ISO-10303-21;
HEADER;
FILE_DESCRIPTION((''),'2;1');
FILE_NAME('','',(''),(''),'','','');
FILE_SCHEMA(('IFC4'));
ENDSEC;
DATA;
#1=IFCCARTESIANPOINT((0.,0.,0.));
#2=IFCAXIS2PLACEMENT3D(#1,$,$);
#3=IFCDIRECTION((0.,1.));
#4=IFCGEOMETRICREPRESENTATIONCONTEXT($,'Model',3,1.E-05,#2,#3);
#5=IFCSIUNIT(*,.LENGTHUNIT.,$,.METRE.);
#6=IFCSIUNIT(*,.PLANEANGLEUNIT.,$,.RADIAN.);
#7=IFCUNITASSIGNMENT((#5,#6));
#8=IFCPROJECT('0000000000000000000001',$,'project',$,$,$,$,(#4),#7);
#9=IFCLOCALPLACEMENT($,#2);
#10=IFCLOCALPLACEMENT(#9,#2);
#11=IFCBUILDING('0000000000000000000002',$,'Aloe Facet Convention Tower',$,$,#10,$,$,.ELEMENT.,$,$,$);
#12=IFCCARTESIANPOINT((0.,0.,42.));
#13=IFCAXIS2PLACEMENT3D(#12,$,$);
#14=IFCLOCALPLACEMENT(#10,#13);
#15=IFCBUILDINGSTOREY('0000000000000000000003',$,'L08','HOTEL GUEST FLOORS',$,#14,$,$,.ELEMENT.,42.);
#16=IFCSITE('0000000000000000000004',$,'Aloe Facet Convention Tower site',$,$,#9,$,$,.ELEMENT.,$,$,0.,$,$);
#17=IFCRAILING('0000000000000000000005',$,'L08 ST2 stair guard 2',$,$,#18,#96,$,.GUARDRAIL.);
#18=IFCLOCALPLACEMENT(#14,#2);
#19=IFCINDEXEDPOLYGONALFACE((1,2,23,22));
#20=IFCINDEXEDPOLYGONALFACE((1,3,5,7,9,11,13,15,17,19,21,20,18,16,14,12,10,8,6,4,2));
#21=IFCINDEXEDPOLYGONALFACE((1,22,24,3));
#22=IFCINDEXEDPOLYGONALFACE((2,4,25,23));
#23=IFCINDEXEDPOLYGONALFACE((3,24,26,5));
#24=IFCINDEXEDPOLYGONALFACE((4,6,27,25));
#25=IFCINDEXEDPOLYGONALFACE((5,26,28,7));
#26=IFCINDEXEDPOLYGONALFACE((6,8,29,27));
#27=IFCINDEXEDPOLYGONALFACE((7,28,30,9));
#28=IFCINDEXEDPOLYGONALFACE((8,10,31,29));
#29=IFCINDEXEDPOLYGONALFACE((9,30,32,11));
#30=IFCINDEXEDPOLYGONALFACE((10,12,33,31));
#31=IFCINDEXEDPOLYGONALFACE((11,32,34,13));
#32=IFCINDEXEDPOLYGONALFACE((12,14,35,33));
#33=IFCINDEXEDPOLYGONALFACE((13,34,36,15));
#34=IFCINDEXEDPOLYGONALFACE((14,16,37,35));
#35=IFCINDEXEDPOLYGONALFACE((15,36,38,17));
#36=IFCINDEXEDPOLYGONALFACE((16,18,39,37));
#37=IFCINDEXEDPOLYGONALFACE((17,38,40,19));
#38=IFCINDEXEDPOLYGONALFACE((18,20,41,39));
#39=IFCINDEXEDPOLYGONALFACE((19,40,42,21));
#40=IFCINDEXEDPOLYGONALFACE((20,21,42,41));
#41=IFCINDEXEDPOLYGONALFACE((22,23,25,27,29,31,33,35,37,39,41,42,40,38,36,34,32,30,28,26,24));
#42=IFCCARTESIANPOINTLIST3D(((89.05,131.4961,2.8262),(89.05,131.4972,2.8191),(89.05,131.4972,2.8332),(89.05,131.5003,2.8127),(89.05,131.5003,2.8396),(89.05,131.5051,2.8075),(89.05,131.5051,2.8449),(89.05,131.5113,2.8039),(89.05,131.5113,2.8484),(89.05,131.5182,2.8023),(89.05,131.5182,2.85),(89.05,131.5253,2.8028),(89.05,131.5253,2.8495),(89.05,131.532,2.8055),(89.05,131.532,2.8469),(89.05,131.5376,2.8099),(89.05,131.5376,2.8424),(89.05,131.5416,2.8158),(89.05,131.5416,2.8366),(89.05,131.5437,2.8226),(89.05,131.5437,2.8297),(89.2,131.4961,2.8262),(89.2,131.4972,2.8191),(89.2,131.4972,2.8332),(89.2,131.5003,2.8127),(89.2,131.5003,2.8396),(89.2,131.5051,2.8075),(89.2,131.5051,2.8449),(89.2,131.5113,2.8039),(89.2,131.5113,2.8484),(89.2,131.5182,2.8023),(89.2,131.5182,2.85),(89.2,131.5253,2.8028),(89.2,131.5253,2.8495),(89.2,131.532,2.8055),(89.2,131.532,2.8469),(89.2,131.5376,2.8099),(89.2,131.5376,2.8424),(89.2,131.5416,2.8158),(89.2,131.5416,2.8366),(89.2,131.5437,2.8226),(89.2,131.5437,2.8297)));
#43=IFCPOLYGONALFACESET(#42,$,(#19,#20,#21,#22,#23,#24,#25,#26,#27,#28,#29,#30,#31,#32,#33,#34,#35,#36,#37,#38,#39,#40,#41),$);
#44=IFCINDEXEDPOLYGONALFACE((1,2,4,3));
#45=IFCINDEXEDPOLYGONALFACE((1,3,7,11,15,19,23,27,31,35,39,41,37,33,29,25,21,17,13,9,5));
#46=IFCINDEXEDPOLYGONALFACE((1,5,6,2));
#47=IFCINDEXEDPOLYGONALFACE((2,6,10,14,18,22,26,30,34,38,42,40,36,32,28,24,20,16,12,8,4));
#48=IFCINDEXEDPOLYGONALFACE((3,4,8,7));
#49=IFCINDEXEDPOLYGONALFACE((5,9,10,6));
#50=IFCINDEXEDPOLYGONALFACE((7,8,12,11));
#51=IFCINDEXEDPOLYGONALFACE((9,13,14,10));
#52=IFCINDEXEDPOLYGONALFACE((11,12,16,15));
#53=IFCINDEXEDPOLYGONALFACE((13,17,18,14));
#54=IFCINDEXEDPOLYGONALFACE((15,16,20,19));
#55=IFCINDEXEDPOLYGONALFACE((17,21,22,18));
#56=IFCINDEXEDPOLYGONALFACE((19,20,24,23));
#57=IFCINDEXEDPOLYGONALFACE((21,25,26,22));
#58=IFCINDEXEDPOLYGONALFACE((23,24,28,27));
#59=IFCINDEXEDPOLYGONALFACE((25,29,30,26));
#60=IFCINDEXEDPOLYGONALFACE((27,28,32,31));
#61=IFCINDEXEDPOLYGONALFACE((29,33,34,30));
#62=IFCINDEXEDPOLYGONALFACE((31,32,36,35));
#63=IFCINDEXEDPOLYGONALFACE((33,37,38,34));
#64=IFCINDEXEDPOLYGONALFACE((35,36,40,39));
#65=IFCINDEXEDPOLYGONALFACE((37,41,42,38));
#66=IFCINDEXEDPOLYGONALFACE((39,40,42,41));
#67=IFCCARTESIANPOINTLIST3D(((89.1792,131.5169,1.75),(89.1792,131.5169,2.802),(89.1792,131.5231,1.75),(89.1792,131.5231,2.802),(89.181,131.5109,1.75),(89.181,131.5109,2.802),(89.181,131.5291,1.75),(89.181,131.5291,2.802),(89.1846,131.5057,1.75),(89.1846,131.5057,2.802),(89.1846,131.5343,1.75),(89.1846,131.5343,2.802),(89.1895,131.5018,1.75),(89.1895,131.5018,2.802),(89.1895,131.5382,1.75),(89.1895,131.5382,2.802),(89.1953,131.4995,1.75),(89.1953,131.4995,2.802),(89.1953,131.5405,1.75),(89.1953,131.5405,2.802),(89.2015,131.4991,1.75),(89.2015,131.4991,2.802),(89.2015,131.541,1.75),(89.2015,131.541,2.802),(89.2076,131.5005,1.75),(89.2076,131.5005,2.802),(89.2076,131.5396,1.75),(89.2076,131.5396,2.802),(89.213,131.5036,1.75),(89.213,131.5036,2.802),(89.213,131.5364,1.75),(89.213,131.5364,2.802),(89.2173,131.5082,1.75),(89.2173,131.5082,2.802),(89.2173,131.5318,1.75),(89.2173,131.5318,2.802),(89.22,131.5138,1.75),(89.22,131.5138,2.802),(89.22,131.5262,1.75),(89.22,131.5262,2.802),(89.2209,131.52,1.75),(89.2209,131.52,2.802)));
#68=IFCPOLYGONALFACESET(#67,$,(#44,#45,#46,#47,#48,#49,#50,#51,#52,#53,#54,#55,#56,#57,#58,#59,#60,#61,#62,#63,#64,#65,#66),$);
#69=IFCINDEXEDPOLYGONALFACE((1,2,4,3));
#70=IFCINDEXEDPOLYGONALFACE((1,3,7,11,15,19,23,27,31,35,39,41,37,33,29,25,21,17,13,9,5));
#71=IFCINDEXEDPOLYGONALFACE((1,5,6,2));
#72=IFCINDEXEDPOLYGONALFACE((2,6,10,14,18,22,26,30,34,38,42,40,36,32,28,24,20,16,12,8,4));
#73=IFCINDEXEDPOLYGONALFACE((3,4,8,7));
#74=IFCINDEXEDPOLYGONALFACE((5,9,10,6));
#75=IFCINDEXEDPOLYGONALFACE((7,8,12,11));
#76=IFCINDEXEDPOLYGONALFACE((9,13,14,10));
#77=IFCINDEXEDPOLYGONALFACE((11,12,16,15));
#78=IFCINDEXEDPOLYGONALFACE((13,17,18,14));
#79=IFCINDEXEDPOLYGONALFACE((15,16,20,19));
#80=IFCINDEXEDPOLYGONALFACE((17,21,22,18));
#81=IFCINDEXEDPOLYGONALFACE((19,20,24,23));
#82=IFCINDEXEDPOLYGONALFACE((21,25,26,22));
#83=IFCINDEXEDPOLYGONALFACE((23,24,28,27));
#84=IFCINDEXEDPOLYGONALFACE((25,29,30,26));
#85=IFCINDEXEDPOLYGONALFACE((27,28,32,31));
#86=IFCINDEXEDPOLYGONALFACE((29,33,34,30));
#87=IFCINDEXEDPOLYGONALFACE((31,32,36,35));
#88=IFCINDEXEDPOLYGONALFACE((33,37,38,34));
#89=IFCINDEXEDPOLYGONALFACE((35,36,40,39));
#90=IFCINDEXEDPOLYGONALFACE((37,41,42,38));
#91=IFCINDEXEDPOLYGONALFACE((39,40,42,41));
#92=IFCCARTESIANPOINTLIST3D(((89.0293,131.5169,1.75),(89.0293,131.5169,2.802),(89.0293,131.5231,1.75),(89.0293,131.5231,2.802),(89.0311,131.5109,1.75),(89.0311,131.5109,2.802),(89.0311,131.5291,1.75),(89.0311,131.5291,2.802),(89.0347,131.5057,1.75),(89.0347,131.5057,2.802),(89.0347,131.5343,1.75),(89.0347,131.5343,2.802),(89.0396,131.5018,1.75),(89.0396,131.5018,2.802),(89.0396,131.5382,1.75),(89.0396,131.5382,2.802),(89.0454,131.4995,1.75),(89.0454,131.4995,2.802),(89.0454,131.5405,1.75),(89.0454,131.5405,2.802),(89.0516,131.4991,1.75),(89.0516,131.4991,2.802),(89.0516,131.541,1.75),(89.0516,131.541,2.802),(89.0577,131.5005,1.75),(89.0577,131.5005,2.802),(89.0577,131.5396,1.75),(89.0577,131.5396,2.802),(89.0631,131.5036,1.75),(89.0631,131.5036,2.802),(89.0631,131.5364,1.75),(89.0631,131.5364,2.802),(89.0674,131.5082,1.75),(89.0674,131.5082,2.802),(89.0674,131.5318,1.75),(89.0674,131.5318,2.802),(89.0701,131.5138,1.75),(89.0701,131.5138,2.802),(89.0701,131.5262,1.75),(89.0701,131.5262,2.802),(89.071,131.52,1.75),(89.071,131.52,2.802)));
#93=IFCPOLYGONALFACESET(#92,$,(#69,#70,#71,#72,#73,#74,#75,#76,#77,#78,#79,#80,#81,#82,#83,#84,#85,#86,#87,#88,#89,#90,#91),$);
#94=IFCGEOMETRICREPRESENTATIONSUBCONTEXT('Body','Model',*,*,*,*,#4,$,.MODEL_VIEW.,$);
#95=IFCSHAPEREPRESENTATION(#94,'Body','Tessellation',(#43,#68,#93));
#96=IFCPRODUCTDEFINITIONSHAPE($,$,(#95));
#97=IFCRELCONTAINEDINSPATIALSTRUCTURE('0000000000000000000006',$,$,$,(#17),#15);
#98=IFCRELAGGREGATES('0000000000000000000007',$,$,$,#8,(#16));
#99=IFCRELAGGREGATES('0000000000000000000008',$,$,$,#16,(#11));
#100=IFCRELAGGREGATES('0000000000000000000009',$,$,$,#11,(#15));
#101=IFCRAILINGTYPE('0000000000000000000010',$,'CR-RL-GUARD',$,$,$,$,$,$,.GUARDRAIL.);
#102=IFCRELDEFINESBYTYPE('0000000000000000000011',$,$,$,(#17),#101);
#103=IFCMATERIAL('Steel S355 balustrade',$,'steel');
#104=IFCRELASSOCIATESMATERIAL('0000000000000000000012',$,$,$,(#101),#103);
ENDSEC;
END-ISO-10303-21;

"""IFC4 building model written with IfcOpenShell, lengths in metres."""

from ifc_helpers import new_model, si_unit, direction, frame, origin, origin_2d, place, context, subcontext, project, spatial, circle, extrude, material, type_object, element, save


model = new_model("IFC4")

# Units and contexts
model_context = context("Model", 3, precision=1e-05, world=origin(), true_north=direction((0.0, 1.0)))
body_context = subcontext(model_context, "Body", "Model", "MODEL_VIEW")
ifc_project = project(units=[si_unit("LENGTHUNIT", "METRE"), si_unit("PLANEANGLEUNIT", "RADIAN")], contexts=[model_context])

# Site, building, storey
site_placement = place(None, origin())
site = spatial("IfcSite", under=ifc_project, at=site_placement, Name="Aloe Facet Convention Tower site", CompositionType="ELEMENT", RefElevation=0.0)
building_placement = place(site_placement, origin())
building = spatial("IfcBuilding", under=site, at=building_placement, Name="Aloe Facet Convention Tower", CompositionType="ELEMENT")
storey_placement = place(building_placement, frame((0.0, 0.0, 42.0)))
storey = spatial("IfcBuildingStorey", under=building, at=storey_placement, Name="L08", Description="HOTEL GUEST FLOORS", CompositionType="ELEMENT", Elevation=42.0)

# Railing
ifc_material_1 = material(Name="Steel S355 balustrade", Category="steel")
railing_type_1 = type_object("IfcRailingType", Name="CR-RL-GUARD", PredefinedType="GUARDRAIL", material=ifc_material_1)
railing_1_placement = place(storey_placement, frame((89.2, 131.52, 1.75)))
element("IfcRailing", 1, at=railing_1_placement, inside=storey, type_object=railing_type_1, Name="L08 ST2 stair guard 2", PredefinedType="GUARDRAIL", context=body_context, shape_type="SweptSolid", body=[
    extrude(circle(Radius=0.0239, at=origin_2d()), frame((0.0, 0.0, 1.0762), z_axis=(-1.0, 0.0, 0.0), x_axis=(0.0, -1.0, 0.0)), (0.0, 0.0, 1.0), 0.1499),
    extrude(circle(Radius=0.021, at=origin_2d()), origin(), (0.0, 0.0, 1.0), 1.052),
    extrude(circle(Radius=0.021, at=origin_2d()), frame((-0.1499, 0.0, 0.0)), (0.0, 0.0, 1.0), 1.052),
])

save(model, "model.ifc")
